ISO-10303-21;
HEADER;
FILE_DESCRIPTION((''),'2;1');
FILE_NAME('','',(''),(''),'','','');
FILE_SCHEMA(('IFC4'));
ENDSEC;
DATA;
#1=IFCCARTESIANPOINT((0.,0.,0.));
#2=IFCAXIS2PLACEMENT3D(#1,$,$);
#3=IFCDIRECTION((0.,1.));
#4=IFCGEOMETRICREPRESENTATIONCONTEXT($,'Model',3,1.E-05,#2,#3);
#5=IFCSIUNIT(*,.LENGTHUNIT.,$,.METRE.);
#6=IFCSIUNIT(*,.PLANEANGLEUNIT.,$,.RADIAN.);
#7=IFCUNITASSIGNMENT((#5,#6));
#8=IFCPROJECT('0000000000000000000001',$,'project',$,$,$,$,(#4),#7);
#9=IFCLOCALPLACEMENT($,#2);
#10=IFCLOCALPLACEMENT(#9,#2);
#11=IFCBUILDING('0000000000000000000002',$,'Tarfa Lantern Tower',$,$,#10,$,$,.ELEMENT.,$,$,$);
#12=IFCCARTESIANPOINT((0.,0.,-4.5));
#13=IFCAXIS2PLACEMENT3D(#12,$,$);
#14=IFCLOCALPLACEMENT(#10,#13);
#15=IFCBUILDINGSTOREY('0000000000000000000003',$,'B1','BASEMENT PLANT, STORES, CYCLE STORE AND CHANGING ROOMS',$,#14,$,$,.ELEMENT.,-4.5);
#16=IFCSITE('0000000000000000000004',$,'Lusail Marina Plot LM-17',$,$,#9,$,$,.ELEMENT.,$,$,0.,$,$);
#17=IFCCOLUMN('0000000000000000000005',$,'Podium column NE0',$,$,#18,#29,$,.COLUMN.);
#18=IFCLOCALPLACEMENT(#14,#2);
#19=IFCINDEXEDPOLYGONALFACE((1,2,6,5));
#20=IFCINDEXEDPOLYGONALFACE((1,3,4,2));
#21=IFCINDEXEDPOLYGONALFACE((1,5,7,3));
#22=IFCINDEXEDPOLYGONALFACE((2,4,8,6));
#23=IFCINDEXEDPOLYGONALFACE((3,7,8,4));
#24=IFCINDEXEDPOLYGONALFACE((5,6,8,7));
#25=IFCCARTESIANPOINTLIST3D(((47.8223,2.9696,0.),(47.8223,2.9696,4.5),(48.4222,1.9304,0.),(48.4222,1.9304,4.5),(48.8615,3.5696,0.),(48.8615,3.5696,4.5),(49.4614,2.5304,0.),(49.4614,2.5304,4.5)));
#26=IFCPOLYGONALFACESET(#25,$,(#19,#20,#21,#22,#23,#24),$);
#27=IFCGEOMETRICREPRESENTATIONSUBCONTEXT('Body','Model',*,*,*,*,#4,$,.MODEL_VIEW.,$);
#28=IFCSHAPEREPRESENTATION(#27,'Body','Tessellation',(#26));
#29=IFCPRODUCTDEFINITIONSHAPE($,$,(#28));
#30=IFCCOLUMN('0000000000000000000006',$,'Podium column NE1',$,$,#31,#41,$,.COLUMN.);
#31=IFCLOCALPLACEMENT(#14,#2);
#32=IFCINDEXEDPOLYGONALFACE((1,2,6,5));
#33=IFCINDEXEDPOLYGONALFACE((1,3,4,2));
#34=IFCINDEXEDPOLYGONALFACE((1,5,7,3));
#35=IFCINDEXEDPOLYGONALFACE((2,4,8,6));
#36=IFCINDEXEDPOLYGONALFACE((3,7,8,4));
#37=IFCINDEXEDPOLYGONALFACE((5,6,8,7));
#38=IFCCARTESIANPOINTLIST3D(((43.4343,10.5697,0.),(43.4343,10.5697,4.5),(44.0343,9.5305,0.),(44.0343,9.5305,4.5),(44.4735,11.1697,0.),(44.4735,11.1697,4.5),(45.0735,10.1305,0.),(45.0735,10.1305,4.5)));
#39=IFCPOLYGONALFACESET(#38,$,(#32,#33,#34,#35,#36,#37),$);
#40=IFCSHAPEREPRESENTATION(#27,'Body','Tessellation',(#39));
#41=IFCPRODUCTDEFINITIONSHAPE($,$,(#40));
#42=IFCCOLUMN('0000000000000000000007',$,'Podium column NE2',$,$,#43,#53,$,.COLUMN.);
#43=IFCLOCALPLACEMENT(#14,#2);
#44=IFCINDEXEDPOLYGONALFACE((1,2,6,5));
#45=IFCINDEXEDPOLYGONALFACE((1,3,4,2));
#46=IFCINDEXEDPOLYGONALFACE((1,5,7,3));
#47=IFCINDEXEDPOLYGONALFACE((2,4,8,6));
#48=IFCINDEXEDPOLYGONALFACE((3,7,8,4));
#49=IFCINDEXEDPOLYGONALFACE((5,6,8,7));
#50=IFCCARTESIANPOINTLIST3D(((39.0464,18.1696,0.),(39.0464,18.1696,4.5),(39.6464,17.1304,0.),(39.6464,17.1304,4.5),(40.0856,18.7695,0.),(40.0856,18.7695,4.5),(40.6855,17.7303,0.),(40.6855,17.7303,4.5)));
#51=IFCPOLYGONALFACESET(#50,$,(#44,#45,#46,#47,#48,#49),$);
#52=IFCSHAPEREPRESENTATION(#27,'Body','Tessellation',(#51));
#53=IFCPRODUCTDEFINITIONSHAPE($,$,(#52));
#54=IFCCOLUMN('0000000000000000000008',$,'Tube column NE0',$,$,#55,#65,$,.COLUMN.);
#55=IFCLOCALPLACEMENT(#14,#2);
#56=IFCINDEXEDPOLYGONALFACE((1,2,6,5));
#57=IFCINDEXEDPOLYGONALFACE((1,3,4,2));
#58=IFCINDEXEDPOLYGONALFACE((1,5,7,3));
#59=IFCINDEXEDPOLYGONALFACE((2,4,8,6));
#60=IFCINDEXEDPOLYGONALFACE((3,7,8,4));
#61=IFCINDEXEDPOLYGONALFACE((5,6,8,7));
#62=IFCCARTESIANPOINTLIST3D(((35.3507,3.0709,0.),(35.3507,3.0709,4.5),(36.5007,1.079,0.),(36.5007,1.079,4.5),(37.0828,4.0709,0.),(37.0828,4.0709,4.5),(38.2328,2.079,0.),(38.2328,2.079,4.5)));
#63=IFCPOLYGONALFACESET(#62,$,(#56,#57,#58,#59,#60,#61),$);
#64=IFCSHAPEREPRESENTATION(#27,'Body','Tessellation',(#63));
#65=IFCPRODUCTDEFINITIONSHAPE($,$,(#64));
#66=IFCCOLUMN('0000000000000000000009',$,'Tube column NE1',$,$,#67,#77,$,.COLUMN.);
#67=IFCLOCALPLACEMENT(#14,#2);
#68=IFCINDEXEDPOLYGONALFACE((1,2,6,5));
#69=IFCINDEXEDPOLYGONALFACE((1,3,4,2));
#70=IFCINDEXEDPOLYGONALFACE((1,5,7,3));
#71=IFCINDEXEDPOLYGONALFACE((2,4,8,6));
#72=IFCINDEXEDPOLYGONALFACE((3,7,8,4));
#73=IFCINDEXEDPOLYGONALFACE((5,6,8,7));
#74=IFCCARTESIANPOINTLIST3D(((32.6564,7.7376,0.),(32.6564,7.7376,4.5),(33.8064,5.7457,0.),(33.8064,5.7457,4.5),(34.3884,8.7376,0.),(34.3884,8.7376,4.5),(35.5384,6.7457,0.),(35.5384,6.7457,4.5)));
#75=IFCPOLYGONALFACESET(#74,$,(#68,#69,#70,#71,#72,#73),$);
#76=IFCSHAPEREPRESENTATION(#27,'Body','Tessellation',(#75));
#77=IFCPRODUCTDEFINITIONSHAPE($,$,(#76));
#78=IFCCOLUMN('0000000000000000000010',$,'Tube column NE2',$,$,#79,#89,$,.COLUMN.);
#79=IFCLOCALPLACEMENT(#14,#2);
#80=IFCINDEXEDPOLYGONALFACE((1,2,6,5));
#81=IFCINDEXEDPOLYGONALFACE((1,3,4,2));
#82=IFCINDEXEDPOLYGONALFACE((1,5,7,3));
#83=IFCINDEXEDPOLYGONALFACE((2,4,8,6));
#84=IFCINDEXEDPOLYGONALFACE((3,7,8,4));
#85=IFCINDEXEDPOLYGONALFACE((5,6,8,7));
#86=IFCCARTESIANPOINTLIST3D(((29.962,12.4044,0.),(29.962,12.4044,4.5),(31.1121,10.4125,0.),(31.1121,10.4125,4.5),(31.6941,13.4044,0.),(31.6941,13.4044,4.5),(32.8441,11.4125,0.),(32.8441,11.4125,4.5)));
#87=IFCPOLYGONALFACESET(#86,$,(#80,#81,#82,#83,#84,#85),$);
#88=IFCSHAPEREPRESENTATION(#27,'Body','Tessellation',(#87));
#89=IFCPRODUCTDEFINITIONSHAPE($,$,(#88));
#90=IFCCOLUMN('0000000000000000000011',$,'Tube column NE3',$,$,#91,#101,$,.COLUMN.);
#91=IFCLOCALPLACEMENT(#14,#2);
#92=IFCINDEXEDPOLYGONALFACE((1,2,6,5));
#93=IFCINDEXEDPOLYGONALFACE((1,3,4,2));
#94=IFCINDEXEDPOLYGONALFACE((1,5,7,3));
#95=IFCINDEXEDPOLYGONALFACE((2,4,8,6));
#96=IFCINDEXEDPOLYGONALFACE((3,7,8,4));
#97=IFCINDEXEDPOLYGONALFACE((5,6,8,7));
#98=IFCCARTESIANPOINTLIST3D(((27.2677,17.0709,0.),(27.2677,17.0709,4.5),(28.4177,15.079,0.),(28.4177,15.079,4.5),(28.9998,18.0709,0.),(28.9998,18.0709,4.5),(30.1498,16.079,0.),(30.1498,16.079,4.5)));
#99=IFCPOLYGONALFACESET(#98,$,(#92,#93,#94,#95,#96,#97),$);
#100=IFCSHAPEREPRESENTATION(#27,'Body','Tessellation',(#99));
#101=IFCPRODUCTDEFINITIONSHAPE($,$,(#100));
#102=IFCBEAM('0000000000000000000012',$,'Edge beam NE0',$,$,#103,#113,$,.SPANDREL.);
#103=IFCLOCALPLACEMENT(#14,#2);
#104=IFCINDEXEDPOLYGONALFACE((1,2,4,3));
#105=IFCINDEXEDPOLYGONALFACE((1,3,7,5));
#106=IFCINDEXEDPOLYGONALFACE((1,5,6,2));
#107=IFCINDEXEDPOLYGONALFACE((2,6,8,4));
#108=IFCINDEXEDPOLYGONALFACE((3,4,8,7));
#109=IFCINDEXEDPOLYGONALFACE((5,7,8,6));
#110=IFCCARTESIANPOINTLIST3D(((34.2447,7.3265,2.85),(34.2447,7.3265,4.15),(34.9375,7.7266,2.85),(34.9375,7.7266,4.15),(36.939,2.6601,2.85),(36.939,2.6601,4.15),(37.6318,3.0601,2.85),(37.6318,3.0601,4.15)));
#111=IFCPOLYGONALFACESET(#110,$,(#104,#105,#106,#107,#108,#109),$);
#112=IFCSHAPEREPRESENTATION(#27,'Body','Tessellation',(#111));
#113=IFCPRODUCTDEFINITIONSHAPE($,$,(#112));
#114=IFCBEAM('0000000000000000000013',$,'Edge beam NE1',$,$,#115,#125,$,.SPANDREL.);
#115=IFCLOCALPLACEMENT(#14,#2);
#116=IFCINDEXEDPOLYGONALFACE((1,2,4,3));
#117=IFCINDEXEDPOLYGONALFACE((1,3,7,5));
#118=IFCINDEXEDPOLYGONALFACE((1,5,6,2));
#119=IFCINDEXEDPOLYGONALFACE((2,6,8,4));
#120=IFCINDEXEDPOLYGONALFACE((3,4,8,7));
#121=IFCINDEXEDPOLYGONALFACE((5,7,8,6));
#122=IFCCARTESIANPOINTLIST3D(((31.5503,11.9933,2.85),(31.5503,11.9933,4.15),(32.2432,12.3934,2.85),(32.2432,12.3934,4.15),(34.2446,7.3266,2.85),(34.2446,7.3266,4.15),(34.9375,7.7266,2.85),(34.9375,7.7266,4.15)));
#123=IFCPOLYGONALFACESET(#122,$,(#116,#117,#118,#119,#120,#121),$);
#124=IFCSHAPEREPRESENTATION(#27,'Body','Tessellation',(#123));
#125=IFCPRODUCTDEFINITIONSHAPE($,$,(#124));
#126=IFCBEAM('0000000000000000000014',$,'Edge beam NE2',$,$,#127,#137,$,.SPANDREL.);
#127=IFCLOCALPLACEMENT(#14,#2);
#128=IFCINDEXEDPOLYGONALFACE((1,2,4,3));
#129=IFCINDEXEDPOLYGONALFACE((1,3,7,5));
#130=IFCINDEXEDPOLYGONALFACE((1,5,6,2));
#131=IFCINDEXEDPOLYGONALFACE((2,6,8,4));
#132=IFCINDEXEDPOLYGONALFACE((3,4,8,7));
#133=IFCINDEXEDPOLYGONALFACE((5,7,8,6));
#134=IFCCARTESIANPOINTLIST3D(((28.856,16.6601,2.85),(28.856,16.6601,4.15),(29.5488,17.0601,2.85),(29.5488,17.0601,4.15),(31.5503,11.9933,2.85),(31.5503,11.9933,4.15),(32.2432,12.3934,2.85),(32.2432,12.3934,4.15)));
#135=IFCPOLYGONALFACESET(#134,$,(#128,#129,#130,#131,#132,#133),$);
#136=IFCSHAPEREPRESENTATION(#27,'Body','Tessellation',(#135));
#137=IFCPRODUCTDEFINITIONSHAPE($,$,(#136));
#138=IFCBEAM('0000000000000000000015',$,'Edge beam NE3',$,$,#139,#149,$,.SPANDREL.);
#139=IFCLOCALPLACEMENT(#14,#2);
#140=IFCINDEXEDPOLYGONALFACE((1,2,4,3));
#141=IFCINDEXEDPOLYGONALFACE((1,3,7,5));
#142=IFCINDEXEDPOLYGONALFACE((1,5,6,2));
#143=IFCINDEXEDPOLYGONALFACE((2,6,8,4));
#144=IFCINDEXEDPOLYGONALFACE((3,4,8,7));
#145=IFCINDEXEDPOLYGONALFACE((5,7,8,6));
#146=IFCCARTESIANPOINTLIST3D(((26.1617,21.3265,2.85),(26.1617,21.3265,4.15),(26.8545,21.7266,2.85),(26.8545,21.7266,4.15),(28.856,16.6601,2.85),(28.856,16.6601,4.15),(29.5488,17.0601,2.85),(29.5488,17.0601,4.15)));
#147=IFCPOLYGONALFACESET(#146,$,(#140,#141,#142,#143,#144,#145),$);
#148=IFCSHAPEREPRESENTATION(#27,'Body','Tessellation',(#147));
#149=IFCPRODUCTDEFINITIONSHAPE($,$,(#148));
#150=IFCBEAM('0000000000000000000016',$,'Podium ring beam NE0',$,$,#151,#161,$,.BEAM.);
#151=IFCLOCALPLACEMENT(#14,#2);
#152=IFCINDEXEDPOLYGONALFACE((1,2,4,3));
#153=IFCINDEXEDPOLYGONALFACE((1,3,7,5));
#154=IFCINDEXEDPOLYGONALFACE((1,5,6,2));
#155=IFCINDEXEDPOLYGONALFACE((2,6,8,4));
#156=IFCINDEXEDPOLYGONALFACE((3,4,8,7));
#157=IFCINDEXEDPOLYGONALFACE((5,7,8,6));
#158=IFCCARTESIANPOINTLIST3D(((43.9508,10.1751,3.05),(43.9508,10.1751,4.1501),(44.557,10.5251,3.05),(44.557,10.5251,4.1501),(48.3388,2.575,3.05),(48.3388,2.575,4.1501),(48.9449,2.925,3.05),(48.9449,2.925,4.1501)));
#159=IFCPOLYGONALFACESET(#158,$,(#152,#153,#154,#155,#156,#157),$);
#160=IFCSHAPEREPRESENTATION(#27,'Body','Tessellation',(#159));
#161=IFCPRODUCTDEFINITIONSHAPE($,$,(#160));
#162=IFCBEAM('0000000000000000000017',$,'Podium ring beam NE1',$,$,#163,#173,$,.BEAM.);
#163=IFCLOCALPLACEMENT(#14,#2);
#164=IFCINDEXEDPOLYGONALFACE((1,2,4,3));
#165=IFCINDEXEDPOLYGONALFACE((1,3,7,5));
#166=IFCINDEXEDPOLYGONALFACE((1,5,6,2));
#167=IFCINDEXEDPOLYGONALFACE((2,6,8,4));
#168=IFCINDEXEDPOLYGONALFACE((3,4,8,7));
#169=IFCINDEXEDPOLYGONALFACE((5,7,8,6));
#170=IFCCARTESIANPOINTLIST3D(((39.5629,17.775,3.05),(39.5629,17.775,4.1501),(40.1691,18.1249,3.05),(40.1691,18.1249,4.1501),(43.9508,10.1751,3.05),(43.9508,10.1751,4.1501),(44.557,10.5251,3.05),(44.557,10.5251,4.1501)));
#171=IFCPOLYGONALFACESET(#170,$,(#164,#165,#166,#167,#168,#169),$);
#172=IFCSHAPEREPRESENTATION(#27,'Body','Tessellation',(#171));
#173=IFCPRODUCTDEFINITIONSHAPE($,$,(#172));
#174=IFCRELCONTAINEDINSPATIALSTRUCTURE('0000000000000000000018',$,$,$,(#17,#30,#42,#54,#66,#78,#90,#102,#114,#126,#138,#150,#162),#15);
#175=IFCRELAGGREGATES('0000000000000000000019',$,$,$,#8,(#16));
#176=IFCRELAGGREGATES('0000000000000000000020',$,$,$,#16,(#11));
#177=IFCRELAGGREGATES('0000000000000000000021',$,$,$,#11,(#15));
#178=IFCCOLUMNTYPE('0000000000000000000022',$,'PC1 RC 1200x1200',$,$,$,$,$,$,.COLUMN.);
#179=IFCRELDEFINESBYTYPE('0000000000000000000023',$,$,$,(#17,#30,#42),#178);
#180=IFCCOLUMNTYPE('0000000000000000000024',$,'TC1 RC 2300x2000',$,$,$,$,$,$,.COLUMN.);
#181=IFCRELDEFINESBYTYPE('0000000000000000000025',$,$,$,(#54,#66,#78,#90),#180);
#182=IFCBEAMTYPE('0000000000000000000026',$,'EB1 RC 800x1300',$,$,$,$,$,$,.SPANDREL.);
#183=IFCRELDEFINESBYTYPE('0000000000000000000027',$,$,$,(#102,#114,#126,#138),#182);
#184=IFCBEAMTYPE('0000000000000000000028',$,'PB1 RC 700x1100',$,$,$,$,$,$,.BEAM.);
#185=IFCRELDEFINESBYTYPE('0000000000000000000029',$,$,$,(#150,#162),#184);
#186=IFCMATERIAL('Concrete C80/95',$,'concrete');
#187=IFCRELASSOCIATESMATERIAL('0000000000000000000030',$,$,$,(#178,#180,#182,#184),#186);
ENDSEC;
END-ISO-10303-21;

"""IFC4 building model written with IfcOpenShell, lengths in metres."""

from ifc_helpers import new_model, si_unit, direction, frame, origin, origin_2d, place, context, subcontext, project, spatial, rectangle, extrude, material, material_profile, profile_set, type_object, element, save


model = new_model("IFC4")

# Units and contexts
model_context = context("Model", 3, precision=1e-05, world=origin(), true_north=direction((0.0, 1.0)))
body_context = subcontext(model_context, "Body", "Model", "MODEL_VIEW")
ifc_project = project(units=[si_unit("LENGTHUNIT", "METRE"), si_unit("PLANEANGLEUNIT", "RADIAN")], contexts=[model_context])

# Site, building, storey
site_placement = place(None, origin())
site = spatial("IfcSite", under=ifc_project, at=site_placement, Name="Lusail Marina Plot LM-17", CompositionType="ELEMENT", RefElevation=0.0)
building_placement = place(site_placement, origin())
building = spatial("IfcBuilding", under=site, at=building_placement, Name="Tarfa Lantern Tower", CompositionType="ELEMENT")
storey_placement = place(building_placement, frame((0.0, 0.0, -4.5)))
storey = spatial("IfcBuildingStorey", under=building, at=storey_placement, Name="B1", Description="BASEMENT PLANT, STORES, CYCLE STORE AND CHANGING ROOMS", CompositionType="ELEMENT", Elevation=-4.5)

# Columns
ifc_material_1 = material(Name="Concrete C80/95", Category="concrete")
ifc_material_profile_1 = material_profile(ifc_material_1, rectangle(XDim=1.2, YDim=1.2, at=origin_2d()), Name="RC 1200x1200")
ifc_profile_set_1 = profile_set([ifc_material_profile_1], Name="Concrete C80/95")
column_type_1 = type_object("IfcColumnType", Name="PC1 RC 1200x1200", PredefinedType="COLUMN", material=ifc_profile_set_1)
for number, where, z_axis, x_axis, name in (
    (1, (48.6418, 2.75, 0.0), (0.0, 0.0, 1.0), (-0.5, 0.866025, 0.0), "Podium column NE0"),
    (2, (44.2539, 10.3501, 0.0), (0.0, 0.0, 1.0), (-0.5, 0.866025, 0.0), "Podium column NE1"),
    (3, (39.866, 17.95, 0.0), (0.0, 0.0, 1.0), (-0.5, 0.866025, 0.0), "Podium column NE2"),
):
    element("IfcColumn", number, at=place(storey_placement, frame(where, z_axis=z_axis, x_axis=x_axis)), inside=storey, type_object=column_type_1, Name=name, PredefinedType="COLUMN", context=body_context, shape_type="SweptSolid", body=[
        extrude(rectangle(XDim=1.2, YDim=1.2, at=origin_2d()), origin(), (0.0, 0.0, 1.0), 4.5),
    ])
ifc_material_profile_2 = material_profile(ifc_material_1, rectangle(XDim=2.3, YDim=2.0, at=origin_2d()), Name="RC 2300x2000")
ifc_profile_set_2 = profile_set([ifc_material_profile_2], Name="Concrete C80/95")
column_type_2 = type_object("IfcColumnType", Name="TC1 RC 2300x2000", PredefinedType="COLUMN", material=ifc_profile_set_2)
for number, where, z_axis, x_axis, name in (
    (4, (36.7917, 2.575, 0.0), (0.0, 0.0, 1.0), (-0.5, 0.866025, 0.0), "Tube column NE0"),
    (5, (34.0974, 7.2417, 0.0), (0.0, 0.0, 1.0), (-0.5, 0.866025, 0.0), "Tube column NE1"),
    (6, (31.4031, 11.9084, 0.0), (0.0, 0.0, 1.0), (-0.5, 0.866025, 0.0), "Tube column NE2"),
    (7, (28.7087, 16.575, 0.0), (0.0, 0.0, 1.0), (-0.5, 0.866025, 0.0), "Tube column NE3"),
):
    element("IfcColumn", number, at=place(storey_placement, frame(where, z_axis=z_axis, x_axis=x_axis)), inside=storey, type_object=column_type_2, Name=name, PredefinedType="COLUMN", context=body_context, shape_type="SweptSolid", body=[
        extrude(rectangle(XDim=2.3, YDim=2.0, at=origin_2d()), origin(), (0.0, 0.0, 1.0), 4.5),
    ])

# Beams
ifc_material_profile_3 = material_profile(ifc_material_1, rectangle(XDim=0.8, YDim=1.3, at=origin_2d()), Name="RC 800x1300")
ifc_profile_set_3 = profile_set([ifc_material_profile_3], Name="Concrete C80/95")
beam_type_1 = type_object("IfcBeamType", Name="EB1 RC 800x1300", PredefinedType="SPANDREL", material=ifc_profile_set_3)
beam_1_placement = place(storey_placement, frame((37.2854, 2.8601, 3.5), z_axis=(-0.500018, 0.866015, 0.0), x_axis=(-0.866015, -0.500018, 0.0)))
element("IfcBeam", 8, at=beam_1_placement, inside=storey, type_object=beam_type_1, Name="Edge beam NE0", PredefinedType="SPANDREL", context=body_context, shape_type="SweptSolid", body=[
    extrude(rectangle(XDim=0.8, YDim=1.3, at=origin_2d()), origin(), (0.0, 0.0, 1.0), 5.3884),
])
for number, where, z_axis, x_axis, name in (
    (9, (34.5911, 7.5266, 3.5), (-0.499998, 0.866026, 0.0), (-0.866026, -0.499998, 0.0), "Edge beam NE1"),
    (10, (31.8967, 12.1934, 3.5), (-0.499998, 0.866026, 0.0), (-0.866026, -0.499998, 0.0), "Edge beam NE2"),
):
    element("IfcBeam", number, at=place(storey_placement, frame(where, z_axis=z_axis, x_axis=x_axis)), inside=storey, type_object=beam_type_1, Name=name, PredefinedType="SPANDREL", context=body_context, shape_type="SweptSolid", body=[
        extrude(rectangle(XDim=0.8, YDim=1.3, at=origin_2d()), origin(), (0.0, 0.0, 1.0), 5.3887),
    ])
beam_2_placement = place(storey_placement, frame((29.2024, 16.8601, 3.5), z_axis=(-0.500018, 0.866015, 0.0), x_axis=(-0.866015, -0.500018, 0.0)))
element("IfcBeam", 11, at=beam_2_placement, inside=storey, type_object=beam_type_1, Name="Edge beam NE3", PredefinedType="SPANDREL", context=body_context, shape_type="SweptSolid", body=[
    extrude(rectangle(XDim=0.8, YDim=1.3, at=origin_2d()), origin(), (0.0, 0.0, 1.0), 5.3884),
])
ifc_material_profile_4 = material_profile(ifc_material_1, rectangle(XDim=0.7, YDim=1.1001, at=origin_2d()), Name="RC 700x1100")
ifc_profile_set_4 = profile_set([ifc_material_profile_4], Name="Concrete C80/95")
beam_type_2 = type_object("IfcBeamType", Name="PB1 RC 700x1100", PredefinedType="BEAM", material=ifc_profile_set_4)
beam_3_placement = place(storey_placement, frame((48.6418, 2.75, 3.6001), z_axis=(-0.500002, 0.866024, 0.0), x_axis=(-0.866024, -0.500002, 0.0)))
element("IfcBeam", 12, at=beam_3_placement, inside=storey, type_object=beam_type_2, Name="Podium ring beam NE0", PredefinedType="BEAM", context=body_context, shape_type="SweptSolid", body=[
    extrude(rectangle(XDim=0.7, YDim=1.1001, at=origin_2d()), origin(), (0.0, 0.0, 1.0), 8.7759),
])
beam_4_placement = place(storey_placement, frame((44.2539, 10.3501, 3.6001), z_axis=(-0.500014, 0.866017, 0.0), x_axis=(-0.866017, -0.500014, 0.0)))
element("IfcBeam", 13, at=beam_4_placement, inside=storey, type_object=beam_type_2, Name="Podium ring beam NE1", PredefinedType="BEAM", context=body_context, shape_type="SweptSolid", body=[
    extrude(rectangle(XDim=0.7, YDim=1.1001, at=origin_2d()), origin(), (0.0, 0.0, 1.0), 8.7756),
])

save(model, "model.ifc")
